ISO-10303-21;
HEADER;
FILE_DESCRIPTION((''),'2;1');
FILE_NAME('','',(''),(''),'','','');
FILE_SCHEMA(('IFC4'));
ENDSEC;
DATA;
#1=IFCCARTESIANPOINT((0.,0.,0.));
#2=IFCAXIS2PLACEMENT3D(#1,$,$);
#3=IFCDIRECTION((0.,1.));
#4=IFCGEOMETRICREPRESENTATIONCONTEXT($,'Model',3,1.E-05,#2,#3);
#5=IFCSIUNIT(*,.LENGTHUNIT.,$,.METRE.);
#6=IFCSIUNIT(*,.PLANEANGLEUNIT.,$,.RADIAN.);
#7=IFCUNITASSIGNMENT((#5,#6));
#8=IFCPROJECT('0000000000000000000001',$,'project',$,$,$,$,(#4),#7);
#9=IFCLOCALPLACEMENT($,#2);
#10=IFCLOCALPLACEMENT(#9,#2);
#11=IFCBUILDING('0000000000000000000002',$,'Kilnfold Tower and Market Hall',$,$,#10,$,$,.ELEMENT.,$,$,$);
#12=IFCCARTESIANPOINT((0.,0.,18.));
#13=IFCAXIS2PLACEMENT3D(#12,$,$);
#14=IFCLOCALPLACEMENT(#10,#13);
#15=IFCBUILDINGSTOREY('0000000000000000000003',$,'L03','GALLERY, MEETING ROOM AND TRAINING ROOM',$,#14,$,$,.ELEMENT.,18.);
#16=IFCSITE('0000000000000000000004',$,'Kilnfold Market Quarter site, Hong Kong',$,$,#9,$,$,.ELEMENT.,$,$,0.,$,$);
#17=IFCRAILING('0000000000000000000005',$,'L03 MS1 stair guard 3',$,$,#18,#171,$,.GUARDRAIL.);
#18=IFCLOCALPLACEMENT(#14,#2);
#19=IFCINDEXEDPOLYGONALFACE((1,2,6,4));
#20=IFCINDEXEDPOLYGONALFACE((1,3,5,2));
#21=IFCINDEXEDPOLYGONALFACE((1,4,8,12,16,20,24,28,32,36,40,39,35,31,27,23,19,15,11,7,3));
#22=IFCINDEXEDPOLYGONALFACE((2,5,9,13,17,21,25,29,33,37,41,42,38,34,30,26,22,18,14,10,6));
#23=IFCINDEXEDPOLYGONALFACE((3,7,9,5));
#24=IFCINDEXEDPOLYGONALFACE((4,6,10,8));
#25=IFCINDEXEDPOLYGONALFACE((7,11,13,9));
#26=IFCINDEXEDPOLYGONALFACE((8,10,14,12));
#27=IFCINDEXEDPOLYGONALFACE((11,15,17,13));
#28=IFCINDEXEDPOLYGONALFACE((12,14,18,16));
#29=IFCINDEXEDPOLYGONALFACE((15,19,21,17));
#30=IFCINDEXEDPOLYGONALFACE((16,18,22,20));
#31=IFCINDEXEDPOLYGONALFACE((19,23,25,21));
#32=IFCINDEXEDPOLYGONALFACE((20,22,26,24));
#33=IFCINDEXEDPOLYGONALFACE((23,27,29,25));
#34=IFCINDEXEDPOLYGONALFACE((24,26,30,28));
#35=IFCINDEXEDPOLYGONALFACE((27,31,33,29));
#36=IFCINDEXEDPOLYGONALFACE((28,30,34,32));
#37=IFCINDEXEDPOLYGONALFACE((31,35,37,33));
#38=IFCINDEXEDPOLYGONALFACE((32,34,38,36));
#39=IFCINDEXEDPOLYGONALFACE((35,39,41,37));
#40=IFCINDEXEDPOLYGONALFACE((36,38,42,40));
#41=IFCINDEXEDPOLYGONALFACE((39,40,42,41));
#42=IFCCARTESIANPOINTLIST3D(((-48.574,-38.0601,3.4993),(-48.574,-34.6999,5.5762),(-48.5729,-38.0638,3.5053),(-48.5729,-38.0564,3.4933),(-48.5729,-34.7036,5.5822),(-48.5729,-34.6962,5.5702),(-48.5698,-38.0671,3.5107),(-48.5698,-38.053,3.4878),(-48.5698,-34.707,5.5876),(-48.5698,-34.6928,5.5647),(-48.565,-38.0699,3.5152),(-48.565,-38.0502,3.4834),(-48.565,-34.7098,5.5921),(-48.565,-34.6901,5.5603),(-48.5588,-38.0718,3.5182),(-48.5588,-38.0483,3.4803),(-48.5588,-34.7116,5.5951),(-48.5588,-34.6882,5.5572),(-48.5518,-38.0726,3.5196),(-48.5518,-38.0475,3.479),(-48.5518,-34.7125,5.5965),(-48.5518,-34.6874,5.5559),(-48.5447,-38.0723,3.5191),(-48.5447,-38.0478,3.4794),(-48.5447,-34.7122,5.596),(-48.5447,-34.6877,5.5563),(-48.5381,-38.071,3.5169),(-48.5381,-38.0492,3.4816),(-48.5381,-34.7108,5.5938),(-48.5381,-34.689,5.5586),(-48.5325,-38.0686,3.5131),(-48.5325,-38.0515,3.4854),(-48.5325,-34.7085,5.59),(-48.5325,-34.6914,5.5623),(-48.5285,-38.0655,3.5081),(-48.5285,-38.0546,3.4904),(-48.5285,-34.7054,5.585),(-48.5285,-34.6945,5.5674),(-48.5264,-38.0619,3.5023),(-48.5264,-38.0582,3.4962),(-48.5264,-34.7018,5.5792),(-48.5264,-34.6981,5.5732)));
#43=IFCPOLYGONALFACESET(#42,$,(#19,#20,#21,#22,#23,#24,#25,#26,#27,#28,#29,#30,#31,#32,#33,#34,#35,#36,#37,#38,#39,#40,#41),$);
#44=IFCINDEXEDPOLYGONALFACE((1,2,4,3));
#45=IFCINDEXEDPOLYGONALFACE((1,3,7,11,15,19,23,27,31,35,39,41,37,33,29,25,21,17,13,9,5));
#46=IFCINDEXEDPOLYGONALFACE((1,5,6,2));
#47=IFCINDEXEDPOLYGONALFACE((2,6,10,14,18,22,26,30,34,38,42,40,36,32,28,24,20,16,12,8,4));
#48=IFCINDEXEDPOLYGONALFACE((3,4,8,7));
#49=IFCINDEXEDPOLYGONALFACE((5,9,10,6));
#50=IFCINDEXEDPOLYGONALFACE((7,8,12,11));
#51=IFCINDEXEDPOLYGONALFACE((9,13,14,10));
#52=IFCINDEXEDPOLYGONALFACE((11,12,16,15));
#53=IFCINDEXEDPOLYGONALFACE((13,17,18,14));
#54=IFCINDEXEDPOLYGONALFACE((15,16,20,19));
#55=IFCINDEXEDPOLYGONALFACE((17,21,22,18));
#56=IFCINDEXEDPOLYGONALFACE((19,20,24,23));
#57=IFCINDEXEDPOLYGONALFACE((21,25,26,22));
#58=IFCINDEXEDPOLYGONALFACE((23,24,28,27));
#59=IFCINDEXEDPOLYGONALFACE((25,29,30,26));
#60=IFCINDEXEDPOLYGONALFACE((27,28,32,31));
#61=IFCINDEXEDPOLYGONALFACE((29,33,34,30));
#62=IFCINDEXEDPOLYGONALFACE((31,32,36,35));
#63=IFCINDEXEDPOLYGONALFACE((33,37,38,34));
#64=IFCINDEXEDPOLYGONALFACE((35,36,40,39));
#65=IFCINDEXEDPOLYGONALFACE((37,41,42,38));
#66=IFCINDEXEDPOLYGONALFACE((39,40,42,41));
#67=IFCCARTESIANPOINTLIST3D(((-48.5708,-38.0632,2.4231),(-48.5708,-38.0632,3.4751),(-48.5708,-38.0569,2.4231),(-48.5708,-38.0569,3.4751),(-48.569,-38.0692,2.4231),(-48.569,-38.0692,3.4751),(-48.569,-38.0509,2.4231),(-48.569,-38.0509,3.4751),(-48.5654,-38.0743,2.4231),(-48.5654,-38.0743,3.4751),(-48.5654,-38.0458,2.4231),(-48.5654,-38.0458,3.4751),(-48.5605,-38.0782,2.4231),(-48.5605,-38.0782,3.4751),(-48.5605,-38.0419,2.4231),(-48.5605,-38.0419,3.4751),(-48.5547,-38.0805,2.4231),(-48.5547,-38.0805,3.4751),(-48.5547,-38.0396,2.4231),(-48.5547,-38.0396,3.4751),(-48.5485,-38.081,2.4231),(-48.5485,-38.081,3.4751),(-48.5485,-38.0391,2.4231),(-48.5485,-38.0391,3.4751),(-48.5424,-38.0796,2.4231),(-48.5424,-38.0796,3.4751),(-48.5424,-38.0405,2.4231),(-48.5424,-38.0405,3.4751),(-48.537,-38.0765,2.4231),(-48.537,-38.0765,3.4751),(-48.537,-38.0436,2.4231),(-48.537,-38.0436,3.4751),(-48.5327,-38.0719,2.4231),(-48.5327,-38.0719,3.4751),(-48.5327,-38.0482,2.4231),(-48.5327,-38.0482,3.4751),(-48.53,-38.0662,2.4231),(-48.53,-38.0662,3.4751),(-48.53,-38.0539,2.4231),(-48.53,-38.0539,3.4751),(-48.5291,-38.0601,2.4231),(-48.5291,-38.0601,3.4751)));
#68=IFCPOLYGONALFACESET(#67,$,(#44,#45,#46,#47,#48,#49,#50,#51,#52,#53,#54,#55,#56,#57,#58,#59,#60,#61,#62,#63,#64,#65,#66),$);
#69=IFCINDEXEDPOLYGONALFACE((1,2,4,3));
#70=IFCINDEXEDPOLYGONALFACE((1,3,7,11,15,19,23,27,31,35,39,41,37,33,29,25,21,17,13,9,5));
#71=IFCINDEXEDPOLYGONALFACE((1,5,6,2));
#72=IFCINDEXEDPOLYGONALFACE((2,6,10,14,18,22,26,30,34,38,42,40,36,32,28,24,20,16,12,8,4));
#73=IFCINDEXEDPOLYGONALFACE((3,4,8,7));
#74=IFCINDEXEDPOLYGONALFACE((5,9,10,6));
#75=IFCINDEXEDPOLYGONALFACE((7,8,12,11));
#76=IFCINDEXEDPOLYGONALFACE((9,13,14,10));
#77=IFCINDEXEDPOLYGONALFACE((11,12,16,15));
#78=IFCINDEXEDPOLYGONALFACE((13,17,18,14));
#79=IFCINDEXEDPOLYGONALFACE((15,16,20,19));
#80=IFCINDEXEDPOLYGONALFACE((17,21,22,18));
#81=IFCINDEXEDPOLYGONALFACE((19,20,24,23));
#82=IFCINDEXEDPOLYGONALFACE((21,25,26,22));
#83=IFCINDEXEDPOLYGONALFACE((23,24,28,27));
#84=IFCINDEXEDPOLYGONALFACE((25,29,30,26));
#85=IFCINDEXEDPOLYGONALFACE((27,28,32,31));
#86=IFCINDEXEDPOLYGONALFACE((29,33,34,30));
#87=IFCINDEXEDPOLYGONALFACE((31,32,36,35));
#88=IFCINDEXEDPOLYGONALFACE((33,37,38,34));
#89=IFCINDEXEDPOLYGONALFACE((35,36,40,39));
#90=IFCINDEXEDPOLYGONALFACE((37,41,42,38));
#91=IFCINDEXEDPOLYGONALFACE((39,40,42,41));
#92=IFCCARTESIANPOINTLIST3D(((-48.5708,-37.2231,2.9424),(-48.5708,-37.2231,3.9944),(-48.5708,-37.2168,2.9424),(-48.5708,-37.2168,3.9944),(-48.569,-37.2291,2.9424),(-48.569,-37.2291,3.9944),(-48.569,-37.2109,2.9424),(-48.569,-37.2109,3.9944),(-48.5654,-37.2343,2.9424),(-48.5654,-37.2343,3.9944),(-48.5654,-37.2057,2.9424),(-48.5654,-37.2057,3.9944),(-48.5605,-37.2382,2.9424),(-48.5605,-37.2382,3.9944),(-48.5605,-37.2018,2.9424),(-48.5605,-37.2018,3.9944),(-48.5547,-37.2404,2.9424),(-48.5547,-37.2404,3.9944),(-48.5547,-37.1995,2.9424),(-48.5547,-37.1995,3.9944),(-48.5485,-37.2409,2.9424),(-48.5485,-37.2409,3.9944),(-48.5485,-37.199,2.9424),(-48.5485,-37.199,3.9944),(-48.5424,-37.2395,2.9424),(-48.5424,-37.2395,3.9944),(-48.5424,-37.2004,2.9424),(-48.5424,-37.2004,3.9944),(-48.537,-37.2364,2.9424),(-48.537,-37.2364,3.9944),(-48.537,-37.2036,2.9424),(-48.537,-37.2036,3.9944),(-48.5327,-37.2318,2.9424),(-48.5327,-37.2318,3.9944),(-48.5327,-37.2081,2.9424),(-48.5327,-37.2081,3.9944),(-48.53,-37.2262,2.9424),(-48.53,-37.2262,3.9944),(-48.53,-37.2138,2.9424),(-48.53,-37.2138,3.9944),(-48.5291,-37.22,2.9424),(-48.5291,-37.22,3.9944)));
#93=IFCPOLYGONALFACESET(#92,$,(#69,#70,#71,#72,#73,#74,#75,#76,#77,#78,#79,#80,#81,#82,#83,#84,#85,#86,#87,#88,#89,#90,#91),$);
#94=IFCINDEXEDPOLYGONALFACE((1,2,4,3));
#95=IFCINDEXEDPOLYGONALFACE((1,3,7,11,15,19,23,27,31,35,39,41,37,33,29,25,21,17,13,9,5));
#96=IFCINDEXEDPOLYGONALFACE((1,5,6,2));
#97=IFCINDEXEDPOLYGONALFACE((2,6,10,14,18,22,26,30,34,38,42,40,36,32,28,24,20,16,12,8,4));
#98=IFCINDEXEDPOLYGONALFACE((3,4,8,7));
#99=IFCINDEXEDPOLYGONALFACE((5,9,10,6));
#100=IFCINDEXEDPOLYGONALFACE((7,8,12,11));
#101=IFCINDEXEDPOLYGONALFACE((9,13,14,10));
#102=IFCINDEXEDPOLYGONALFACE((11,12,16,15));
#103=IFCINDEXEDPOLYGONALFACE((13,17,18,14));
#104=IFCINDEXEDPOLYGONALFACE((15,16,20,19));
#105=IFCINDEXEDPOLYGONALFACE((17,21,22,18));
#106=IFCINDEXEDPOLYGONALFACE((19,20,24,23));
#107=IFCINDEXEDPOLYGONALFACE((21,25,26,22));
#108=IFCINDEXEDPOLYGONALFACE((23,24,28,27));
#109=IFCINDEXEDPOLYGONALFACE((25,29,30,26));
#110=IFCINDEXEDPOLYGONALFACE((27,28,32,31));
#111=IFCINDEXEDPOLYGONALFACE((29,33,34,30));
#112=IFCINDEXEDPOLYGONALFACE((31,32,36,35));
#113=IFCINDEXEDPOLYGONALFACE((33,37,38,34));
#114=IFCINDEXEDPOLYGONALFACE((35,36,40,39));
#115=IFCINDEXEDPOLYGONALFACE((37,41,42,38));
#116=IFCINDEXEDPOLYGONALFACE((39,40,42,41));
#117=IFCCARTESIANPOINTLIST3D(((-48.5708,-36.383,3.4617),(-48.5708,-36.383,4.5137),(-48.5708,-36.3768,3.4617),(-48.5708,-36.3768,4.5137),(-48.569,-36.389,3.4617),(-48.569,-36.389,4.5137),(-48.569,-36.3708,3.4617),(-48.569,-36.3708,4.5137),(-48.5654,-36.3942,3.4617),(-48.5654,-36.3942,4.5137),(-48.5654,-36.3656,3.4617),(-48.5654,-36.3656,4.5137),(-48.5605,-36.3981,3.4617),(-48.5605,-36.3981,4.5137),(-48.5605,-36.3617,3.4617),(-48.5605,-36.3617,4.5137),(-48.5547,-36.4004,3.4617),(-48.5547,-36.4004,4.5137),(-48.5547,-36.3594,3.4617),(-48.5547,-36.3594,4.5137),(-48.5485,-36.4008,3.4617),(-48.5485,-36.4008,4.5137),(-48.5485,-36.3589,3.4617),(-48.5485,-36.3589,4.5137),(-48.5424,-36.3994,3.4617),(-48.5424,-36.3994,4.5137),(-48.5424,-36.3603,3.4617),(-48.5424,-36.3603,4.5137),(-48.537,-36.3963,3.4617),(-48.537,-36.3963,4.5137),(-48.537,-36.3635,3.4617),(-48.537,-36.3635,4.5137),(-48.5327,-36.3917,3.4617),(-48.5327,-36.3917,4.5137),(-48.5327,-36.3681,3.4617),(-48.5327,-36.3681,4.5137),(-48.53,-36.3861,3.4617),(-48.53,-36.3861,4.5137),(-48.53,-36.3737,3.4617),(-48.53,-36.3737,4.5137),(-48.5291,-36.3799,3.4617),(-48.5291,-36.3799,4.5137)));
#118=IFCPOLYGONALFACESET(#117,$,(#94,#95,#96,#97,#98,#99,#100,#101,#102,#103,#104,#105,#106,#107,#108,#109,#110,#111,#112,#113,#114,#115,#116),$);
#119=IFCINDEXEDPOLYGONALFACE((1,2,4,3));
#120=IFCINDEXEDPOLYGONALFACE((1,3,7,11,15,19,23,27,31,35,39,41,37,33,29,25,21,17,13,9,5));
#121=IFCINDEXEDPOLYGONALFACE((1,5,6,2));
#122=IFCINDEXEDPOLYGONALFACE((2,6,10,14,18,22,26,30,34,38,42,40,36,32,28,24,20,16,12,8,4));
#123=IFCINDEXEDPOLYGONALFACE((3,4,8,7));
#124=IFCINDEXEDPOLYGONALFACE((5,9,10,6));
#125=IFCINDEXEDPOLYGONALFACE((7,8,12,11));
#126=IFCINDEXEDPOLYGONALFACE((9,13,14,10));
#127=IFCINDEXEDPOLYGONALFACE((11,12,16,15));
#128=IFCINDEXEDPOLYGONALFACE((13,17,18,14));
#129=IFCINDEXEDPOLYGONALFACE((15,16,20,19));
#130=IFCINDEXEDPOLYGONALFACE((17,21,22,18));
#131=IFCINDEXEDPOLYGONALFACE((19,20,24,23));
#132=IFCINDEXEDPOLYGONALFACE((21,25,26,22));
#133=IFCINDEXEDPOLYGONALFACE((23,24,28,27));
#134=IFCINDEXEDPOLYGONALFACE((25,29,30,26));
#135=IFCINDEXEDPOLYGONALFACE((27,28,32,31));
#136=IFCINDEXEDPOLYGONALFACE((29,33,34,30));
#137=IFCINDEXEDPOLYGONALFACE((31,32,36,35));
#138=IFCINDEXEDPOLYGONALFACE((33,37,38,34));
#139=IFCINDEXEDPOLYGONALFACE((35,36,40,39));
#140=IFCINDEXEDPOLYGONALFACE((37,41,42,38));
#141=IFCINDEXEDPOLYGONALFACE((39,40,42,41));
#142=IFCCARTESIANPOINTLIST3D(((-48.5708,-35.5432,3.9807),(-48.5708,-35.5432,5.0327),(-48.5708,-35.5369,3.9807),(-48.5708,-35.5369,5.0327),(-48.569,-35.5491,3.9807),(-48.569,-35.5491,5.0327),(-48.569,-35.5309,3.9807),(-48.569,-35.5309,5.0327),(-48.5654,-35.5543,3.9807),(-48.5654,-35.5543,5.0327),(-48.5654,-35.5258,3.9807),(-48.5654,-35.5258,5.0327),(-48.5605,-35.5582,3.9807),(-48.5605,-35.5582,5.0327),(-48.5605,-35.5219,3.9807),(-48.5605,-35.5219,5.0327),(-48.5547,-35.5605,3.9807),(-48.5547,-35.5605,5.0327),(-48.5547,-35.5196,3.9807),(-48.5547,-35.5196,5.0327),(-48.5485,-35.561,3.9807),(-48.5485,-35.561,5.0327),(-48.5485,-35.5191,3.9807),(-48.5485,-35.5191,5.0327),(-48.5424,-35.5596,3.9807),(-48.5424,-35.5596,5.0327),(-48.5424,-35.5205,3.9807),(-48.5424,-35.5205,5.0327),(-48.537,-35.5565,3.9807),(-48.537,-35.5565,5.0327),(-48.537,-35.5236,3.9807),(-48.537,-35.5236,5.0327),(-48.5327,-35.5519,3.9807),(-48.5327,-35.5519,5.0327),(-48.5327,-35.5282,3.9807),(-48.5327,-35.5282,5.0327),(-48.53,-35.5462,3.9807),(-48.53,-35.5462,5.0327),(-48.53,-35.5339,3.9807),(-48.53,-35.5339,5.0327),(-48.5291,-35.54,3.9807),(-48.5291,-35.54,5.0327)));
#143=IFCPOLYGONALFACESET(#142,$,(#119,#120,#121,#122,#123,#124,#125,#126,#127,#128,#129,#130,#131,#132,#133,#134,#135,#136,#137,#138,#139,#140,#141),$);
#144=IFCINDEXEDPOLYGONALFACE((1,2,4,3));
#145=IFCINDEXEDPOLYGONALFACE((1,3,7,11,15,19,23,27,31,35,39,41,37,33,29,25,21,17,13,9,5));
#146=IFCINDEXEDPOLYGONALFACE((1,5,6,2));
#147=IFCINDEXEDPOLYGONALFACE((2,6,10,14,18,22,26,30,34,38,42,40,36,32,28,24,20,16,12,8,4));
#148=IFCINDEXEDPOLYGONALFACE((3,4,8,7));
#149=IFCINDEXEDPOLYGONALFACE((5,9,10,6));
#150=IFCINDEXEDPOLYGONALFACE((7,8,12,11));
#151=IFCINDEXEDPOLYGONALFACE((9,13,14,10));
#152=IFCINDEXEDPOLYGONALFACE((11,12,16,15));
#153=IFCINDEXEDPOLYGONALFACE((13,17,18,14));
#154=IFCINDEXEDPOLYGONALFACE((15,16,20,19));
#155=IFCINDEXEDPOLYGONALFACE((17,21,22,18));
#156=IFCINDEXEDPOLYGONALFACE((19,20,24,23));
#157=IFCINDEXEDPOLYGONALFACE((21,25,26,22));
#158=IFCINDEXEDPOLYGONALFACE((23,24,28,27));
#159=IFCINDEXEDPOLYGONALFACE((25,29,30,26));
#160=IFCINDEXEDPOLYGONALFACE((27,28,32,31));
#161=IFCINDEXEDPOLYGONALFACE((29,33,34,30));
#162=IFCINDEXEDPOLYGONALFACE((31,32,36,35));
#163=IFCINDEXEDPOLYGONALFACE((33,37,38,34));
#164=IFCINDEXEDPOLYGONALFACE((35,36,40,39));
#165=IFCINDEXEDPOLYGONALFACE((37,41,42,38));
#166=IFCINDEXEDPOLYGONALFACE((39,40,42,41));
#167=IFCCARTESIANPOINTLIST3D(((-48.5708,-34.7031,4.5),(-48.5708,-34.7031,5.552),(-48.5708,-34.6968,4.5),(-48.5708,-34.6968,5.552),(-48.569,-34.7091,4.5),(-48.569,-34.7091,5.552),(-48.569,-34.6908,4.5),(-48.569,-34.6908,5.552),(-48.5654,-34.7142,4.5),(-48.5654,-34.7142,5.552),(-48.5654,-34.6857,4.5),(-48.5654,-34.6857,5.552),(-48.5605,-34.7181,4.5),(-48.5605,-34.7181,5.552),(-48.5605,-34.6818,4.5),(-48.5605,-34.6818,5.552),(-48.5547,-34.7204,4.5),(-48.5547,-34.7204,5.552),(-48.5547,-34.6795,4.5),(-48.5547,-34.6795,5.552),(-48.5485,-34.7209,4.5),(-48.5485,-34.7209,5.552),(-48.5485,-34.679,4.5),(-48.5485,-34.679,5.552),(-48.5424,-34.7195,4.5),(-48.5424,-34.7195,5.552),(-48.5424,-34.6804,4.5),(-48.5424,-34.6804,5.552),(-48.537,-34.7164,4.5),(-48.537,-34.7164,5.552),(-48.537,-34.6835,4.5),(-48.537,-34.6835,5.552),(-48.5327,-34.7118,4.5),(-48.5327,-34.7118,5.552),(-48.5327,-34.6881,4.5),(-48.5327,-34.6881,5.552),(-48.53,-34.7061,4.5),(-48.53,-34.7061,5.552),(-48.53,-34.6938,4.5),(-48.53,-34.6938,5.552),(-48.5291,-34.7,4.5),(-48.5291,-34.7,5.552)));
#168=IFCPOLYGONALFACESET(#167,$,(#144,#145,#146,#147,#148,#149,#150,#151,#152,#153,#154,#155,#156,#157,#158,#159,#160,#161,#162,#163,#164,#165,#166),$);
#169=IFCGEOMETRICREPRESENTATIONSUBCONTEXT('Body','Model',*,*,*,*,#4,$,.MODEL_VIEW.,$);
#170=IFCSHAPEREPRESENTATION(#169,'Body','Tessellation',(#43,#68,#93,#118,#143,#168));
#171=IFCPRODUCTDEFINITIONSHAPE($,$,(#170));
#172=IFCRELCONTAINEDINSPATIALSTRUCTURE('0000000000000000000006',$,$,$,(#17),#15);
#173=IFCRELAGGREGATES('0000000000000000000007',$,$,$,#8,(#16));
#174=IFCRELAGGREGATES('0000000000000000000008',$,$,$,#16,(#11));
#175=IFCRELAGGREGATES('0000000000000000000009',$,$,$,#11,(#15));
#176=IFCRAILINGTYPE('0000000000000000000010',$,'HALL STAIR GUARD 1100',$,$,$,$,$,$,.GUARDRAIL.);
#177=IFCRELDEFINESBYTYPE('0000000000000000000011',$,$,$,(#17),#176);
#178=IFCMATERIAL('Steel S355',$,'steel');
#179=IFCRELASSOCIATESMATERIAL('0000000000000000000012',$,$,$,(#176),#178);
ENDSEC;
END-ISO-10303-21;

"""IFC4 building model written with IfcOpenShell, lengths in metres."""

from ifc_helpers import new_model, si_unit, direction, frame, origin, origin_2d, place, context, subcontext, project, spatial, circle, extrude, material, type_object, element, save


model = new_model("IFC4")

# Units and contexts
model_context = context("Model", 3, precision=1e-05, world=origin(), true_north=direction((0.0, 1.0)))
body_context = subcontext(model_context, "Body", "Model", "MODEL_VIEW")
ifc_project = project(units=[si_unit("LENGTHUNIT", "METRE"), si_unit("PLANEANGLEUNIT", "RADIAN")], contexts=[model_context])

# Site, building, storey
site_placement = place(None, origin())
site = spatial("IfcSite", under=ifc_project, at=site_placement, Name="Kilnfold Market Quarter site, Hong Kong", CompositionType="ELEMENT", RefElevation=0.0)
building_placement = place(site_placement, origin())
building = spatial("IfcBuilding", under=site, at=building_placement, Name="Kilnfold Tower and Market Hall", CompositionType="ELEMENT")
storey_placement = place(building_placement, frame((0.0, 0.0, 18.0)))
storey = spatial("IfcBuildingStorey", under=building, at=storey_placement, Name="L03", Description="GALLERY, MEETING ROOM AND TRAINING ROOM", CompositionType="ELEMENT", Elevation=18.0)

# Railing
ifc_material_1 = material(Name="Steel S355", Category="steel")
railing_type_1 = type_object("IfcRailingType", Name="HALL STAIR GUARD 1100", PredefinedType="GUARDRAIL", material=ifc_material_1)
railing_1_placement = place(storey_placement, frame((-48.55, -38.0601, 2.4231)))
element("IfcRailing", 1, at=railing_1_placement, inside=storey, type_object=railing_type_1, Name="L03 MS1 stair guard 3", PredefinedType="GUARDRAIL", context=body_context, shape_type="SweptSolid", body=[
    extrude(circle(Radius=0.0239, at=origin_2d()), frame((0.0, 0.0, 1.0762), z_axis=(0.0, 0.850623, 0.525776), x_axis=(-1.0, 0.0, 0.0)), (0.0, 0.0, 1.0), 3.9502),
    extrude(circle(Radius=0.021, at=origin_2d()), origin(), (0.0, 0.0, 1.0), 1.052),
    extrude(circle(Radius=0.021, at=origin_2d()), frame((0.0, 0.8401, 0.5193)), (0.0, 0.0, 1.0), 1.052),
    extrude(circle(Radius=0.021, at=origin_2d()), frame((0.0, 1.6802, 1.0386)), (0.0, 0.0, 1.0), 1.052),
    extrude(circle(Radius=0.021, at=origin_2d()), frame((0.0, 2.52, 1.5576)), (0.0, 0.0, 1.0), 1.052),
    extrude(circle(Radius=0.021, at=origin_2d()), frame((0.0, 3.3601, 2.0769)), (0.0, 0.0, 1.0), 1.052),
])

save(model, "model.ifc")
